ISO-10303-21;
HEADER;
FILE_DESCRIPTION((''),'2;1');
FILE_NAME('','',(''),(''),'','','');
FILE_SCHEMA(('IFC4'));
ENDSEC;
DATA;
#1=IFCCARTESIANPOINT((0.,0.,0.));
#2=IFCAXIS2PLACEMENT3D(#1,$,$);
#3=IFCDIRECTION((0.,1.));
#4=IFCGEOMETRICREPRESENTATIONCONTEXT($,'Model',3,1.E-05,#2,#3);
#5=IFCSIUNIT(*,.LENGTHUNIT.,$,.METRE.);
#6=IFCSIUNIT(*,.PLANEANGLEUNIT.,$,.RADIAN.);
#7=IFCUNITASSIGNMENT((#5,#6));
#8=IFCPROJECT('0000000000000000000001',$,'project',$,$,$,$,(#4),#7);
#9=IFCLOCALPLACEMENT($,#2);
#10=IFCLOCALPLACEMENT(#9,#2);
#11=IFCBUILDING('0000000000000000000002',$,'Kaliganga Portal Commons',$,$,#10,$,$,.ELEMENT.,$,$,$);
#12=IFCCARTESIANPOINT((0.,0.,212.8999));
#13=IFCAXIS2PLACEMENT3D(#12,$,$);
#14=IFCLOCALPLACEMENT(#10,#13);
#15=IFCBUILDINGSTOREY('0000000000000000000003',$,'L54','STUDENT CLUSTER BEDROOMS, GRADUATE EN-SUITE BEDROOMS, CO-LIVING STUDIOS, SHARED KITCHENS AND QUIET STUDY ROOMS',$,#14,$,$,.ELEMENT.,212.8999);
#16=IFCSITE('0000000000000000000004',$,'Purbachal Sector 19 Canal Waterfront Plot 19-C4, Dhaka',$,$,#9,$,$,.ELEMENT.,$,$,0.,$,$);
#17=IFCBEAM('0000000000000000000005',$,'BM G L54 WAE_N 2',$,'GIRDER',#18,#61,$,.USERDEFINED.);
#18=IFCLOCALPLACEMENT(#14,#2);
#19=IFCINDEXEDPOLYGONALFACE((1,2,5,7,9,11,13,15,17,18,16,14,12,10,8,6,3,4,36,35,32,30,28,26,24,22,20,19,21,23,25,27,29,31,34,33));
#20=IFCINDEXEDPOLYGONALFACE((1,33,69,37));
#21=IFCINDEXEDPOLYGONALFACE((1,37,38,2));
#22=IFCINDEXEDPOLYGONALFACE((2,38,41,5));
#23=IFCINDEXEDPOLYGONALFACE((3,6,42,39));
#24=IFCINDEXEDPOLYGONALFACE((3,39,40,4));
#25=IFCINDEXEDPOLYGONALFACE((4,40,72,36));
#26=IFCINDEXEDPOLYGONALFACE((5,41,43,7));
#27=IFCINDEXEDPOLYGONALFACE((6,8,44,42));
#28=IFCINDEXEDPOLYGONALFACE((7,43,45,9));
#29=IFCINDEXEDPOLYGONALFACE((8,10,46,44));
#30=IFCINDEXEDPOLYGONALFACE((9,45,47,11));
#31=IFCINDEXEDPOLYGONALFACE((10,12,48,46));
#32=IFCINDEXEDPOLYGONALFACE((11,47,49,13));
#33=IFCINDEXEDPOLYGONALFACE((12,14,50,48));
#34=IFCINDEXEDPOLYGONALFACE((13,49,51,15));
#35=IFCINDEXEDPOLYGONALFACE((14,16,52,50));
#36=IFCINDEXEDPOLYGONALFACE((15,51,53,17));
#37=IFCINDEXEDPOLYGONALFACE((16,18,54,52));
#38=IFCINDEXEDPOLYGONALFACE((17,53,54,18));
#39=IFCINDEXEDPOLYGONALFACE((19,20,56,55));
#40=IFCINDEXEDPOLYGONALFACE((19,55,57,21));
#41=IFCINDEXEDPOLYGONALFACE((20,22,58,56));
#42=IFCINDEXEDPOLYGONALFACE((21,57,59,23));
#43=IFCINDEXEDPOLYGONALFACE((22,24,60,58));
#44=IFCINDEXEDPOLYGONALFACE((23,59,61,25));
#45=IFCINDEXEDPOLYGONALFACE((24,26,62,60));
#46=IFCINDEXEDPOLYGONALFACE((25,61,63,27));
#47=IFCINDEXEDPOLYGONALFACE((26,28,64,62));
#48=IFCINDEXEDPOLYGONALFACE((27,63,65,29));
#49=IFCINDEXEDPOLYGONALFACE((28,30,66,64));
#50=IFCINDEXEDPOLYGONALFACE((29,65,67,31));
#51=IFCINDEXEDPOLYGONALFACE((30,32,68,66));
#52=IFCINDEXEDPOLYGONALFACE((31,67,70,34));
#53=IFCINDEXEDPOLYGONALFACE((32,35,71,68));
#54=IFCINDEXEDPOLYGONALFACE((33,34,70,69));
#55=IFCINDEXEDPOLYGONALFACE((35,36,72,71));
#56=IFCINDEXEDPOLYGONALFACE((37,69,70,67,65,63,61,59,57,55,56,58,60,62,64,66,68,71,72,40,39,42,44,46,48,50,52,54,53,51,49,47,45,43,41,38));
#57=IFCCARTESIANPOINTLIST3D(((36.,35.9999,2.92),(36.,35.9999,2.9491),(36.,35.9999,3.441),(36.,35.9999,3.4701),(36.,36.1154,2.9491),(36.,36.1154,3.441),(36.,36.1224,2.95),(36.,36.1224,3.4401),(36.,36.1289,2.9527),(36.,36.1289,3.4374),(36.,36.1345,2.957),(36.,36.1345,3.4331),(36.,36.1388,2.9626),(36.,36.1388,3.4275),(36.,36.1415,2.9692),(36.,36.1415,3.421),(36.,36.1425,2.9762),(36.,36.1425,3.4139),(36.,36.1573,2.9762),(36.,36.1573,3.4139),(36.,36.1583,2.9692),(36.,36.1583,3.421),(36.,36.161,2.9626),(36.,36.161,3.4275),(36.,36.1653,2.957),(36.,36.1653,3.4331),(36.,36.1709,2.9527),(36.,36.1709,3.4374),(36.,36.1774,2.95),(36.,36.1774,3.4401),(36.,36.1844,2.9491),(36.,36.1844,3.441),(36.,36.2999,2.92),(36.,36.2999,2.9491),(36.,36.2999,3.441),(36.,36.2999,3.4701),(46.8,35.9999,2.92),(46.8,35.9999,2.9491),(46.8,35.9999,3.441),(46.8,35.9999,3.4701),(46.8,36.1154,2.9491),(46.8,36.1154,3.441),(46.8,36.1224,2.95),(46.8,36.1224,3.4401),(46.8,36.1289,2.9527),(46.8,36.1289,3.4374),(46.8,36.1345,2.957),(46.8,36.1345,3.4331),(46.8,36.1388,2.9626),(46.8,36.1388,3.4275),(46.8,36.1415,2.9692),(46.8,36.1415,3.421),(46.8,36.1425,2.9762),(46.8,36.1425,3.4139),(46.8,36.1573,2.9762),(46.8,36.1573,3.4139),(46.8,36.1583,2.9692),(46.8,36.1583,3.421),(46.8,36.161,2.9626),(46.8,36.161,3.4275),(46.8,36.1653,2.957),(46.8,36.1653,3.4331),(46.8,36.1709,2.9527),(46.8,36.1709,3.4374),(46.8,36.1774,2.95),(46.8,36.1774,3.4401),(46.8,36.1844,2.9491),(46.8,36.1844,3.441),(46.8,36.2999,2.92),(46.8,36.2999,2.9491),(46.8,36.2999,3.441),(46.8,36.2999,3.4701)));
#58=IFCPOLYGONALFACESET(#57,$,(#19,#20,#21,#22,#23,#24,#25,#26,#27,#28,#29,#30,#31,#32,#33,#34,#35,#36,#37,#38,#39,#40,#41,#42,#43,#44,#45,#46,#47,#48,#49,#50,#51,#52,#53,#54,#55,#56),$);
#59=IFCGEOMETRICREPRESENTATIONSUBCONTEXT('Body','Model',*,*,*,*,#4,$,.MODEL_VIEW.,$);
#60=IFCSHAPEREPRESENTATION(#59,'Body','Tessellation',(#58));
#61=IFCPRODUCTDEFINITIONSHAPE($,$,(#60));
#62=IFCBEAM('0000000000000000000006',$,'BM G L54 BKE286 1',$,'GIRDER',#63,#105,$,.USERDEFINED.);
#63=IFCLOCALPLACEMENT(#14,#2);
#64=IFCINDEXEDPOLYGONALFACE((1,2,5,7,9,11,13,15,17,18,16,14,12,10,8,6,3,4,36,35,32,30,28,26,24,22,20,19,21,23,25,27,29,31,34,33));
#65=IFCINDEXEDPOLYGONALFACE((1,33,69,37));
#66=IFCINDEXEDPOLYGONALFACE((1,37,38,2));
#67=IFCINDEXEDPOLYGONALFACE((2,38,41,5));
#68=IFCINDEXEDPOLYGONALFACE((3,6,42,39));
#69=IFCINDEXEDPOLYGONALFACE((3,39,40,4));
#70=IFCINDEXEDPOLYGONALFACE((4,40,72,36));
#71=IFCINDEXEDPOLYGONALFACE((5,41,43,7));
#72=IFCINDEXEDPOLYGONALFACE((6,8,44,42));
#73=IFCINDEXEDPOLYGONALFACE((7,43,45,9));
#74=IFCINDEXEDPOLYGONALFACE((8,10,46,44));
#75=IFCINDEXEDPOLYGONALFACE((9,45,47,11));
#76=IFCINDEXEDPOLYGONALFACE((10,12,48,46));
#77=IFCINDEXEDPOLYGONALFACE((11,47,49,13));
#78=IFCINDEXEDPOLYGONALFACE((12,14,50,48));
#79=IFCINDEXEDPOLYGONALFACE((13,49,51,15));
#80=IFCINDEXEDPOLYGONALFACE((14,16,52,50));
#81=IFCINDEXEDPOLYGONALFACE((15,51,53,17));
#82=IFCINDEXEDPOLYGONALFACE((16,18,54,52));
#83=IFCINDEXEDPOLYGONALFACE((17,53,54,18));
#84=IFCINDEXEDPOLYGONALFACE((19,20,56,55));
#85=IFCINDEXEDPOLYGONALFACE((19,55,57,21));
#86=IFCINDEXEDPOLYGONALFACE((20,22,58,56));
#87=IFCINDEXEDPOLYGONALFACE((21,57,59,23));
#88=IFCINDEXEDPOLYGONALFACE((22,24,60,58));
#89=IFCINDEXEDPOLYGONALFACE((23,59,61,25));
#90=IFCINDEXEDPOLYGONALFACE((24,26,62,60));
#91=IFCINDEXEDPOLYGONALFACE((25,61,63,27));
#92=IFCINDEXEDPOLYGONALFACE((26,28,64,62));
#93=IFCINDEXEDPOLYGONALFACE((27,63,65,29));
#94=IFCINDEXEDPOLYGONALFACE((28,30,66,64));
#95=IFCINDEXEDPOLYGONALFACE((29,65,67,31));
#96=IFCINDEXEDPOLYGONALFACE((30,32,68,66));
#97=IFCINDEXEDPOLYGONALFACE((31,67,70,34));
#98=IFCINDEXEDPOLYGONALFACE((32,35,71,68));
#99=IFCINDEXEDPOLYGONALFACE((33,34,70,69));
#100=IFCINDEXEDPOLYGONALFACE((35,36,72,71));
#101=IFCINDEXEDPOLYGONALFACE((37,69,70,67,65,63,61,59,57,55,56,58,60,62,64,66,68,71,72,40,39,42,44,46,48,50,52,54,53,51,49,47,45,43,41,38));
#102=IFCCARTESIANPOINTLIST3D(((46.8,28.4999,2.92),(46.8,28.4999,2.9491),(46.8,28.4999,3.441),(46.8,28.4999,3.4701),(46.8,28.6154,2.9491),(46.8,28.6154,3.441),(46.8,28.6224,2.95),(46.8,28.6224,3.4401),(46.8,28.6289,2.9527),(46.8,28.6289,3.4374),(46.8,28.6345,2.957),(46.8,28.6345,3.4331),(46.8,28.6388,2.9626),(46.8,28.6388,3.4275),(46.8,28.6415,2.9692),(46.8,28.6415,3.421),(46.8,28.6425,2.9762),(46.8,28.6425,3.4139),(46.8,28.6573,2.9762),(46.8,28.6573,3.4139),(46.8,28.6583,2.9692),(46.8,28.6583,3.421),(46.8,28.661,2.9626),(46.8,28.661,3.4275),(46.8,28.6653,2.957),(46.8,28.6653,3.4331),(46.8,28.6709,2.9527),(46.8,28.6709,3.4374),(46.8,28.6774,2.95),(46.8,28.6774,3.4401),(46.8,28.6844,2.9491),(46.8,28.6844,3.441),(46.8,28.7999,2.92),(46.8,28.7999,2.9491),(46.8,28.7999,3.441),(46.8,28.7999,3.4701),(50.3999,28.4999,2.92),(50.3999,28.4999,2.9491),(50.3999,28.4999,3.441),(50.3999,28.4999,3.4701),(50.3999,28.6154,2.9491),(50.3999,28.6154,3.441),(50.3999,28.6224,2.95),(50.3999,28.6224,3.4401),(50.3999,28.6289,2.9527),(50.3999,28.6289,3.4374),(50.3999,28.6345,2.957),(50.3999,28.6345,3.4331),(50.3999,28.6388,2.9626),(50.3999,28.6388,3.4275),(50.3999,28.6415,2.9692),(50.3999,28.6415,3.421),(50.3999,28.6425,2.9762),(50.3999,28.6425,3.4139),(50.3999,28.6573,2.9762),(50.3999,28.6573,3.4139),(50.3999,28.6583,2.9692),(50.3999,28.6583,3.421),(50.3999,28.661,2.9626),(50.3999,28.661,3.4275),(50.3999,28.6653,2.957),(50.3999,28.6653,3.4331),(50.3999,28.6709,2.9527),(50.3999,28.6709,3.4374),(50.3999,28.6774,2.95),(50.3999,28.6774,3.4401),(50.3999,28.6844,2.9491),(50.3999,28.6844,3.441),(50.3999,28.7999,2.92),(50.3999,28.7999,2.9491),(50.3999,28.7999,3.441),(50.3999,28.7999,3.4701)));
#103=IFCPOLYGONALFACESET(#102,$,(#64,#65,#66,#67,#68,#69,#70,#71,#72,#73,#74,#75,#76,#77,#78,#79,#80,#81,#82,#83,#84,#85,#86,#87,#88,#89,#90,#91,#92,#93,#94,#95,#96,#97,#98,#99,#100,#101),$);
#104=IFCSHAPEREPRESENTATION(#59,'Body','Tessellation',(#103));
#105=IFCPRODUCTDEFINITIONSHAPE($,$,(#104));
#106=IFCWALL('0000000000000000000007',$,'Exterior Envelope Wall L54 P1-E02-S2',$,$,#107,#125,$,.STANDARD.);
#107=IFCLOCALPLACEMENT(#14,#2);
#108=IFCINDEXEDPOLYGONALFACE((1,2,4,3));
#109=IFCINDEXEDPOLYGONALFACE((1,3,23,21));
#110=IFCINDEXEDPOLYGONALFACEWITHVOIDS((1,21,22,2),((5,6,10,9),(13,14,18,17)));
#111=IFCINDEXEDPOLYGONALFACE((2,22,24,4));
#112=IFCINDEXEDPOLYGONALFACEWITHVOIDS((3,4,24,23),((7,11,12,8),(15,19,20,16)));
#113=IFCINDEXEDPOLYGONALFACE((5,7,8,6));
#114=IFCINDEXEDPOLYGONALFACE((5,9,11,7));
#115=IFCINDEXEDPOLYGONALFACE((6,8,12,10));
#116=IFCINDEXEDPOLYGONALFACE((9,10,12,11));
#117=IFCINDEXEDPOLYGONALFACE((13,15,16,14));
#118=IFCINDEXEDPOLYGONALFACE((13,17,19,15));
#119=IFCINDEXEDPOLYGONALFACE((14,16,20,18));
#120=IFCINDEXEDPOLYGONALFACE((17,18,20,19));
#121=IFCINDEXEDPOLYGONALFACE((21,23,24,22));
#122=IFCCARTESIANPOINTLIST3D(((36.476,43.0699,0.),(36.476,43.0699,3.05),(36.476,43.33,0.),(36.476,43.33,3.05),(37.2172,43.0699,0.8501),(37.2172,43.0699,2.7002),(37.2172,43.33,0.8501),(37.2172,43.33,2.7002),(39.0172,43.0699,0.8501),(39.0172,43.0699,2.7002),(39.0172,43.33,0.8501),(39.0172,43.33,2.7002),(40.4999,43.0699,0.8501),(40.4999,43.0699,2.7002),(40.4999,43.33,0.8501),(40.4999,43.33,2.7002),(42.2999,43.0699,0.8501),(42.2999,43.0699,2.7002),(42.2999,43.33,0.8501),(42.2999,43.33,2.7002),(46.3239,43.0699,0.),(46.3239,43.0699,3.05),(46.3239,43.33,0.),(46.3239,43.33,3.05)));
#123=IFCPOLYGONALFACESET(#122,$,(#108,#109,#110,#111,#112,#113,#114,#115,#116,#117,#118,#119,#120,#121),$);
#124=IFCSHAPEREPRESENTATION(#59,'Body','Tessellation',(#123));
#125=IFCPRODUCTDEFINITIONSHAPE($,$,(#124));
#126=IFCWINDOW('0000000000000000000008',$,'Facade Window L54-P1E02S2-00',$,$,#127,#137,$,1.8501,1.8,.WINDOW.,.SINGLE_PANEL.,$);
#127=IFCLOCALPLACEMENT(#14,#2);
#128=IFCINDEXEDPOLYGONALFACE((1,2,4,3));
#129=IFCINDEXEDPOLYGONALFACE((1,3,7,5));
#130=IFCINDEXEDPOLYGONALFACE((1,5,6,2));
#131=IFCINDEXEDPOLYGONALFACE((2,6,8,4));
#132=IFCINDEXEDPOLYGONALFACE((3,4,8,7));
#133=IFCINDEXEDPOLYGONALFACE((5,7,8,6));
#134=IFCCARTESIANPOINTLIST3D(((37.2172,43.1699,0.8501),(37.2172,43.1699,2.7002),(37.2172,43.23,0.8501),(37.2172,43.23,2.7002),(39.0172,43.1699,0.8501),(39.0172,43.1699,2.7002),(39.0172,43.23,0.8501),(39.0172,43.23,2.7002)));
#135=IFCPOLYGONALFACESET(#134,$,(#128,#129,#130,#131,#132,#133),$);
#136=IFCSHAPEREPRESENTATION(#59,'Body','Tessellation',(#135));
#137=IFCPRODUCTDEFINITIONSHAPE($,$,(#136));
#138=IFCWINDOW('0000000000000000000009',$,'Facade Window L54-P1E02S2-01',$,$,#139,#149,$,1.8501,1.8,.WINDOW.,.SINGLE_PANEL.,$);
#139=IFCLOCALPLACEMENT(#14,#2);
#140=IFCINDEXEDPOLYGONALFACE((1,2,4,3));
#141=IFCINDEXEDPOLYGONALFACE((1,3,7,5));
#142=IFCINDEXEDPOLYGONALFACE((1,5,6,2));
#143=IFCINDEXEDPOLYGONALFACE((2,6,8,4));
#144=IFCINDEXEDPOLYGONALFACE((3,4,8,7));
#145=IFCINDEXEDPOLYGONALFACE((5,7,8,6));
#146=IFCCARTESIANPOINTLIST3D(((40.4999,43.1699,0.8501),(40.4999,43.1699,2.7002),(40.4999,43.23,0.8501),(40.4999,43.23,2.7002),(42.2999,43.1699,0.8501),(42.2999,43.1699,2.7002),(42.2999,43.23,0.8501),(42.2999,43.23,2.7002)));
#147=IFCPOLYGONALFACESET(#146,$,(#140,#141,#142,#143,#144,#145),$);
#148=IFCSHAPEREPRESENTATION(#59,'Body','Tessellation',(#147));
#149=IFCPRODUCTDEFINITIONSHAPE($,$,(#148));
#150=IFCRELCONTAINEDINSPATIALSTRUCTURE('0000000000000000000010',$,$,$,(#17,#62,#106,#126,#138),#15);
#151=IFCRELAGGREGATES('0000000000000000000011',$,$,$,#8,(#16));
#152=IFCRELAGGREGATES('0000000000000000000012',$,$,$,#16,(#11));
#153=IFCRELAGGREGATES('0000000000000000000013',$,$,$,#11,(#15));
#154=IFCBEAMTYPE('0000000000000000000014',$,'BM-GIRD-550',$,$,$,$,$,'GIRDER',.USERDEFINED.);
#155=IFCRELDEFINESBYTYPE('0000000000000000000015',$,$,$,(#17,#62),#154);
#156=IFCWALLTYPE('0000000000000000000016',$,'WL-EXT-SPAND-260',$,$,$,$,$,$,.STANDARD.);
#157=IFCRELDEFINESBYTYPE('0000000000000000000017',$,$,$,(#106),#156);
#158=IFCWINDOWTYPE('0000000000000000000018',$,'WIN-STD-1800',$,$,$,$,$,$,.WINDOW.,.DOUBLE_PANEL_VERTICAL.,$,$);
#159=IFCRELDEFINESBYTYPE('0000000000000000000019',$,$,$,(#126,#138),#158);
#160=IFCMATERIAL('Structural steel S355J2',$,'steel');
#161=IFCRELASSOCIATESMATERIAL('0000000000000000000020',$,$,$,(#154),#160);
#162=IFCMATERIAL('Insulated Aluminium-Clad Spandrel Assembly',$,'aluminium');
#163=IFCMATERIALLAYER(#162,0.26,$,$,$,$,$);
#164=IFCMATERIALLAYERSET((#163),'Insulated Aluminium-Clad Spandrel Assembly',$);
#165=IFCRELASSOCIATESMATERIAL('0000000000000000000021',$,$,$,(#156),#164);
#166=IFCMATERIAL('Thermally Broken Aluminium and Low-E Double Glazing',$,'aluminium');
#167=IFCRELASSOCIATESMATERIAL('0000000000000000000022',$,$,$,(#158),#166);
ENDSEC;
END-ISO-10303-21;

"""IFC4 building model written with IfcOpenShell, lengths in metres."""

from ifc_helpers import new_model, si_unit, direction, frame, frame_2d, origin, origin_2d, place, context, subcontext, project, spatial, rectangle, i_section, extrude, source, transform, mapped, material, layer, layer_set, material_profile, profile_set, type_object, element, fill, save


model = new_model("IFC4")

# Units and contexts
model_context = context("Model", 3, precision=1e-05, world=origin(), true_north=direction((0.0, 1.0)))
body_context = subcontext(model_context, "Body", "Model", "MODEL_VIEW")
ifc_project = project(units=[si_unit("LENGTHUNIT", "METRE"), si_unit("PLANEANGLEUNIT", "RADIAN")], contexts=[model_context])

# Site, building, storey
site_placement = place(None, origin())
site = spatial("IfcSite", under=ifc_project, at=site_placement, Name="Purbachal Sector 19 Canal Waterfront Plot 19-C4, Dhaka", CompositionType="ELEMENT", RefElevation=0.0)
building_placement = place(site_placement, origin())
building = spatial("IfcBuilding", under=site, at=building_placement, Name="Kaliganga Portal Commons", CompositionType="ELEMENT")
storey_placement = place(building_placement, frame((0.0, 0.0, 212.8999)))
storey = spatial("IfcBuildingStorey", under=building, at=storey_placement, Name="L54", Description="STUDENT CLUSTER BEDROOMS, GRADUATE EN-SUITE BEDROOMS, CO-LIVING STUDIOS, SHARED KITCHENS AND QUIET STUDY ROOMS", CompositionType="ELEMENT", Elevation=212.8999)

# Beams
ifc_material_1 = material(Name="Structural steel S355J2", Category="steel")
ifc_material_profile_1 = material_profile(ifc_material_1, i_section(OverallWidth=0.3, OverallDepth=0.55, WebThickness=0.0149, FlangeThickness=0.0291, FilletRadius=0.0271, at=origin_2d()), Name="HE 550 B")
ifc_profile_set_1 = profile_set([ifc_material_profile_1], Name="Structural steel S355J2 wide-flange")
beam_type_1 = type_object("IfcBeamType", Name="BM-GIRD-550", ElementType="GIRDER", PredefinedType="USERDEFINED", material=ifc_profile_set_1)
shared_shape_1 = source(origin(), body_context, "Body", "SweptSolid", [
    extrude(i_section(OverallWidth=0.3, OverallDepth=0.55, WebThickness=0.0149, FlangeThickness=0.0291, FilletRadius=0.0271, at=origin_2d()), origin(), (0.0, 0.0, 1.0), 10.8),
])
for number, where, z_axis, x_axis, name in (
    (1, (36.0, 36.1499, 3.1951), (1.0, 0.0, 0.0), (0.0, 1.0, 0.0), "BM G L54 WAE_N 2"),
):
    element("IfcBeam", number, at=place(storey_placement, frame(where, z_axis=z_axis, x_axis=x_axis)), inside=storey, type_object=beam_type_1, Name=name, ObjectType="GIRDER", PredefinedType="USERDEFINED", context=body_context, shape_type="MappedRepresentation", body=[
        mapped(shared_shape_1, transform((0.0, 0.0, 0.0), x_axis=(1.0, 0.0, 0.0), y_axis=(0.0, 1.0, 0.0), z_axis=(0.0, 0.0, 1.0), scale=1.0)),
    ])
shared_shape_2 = source(origin(), body_context, "Body", "SweptSolid", [
    extrude(i_section(OverallWidth=0.3, OverallDepth=0.55, WebThickness=0.0149, FlangeThickness=0.0291, FilletRadius=0.0271, at=origin_2d()), origin(), (0.0, 0.0, 1.0), 3.5999),
])
beam_1_placement = place(storey_placement, frame((46.8, 28.6499, 3.1951), z_axis=(1.0, 0.0, 0.0), x_axis=(0.0, 1.0, 0.0)))
element("IfcBeam", 2, at=beam_1_placement, inside=storey, type_object=beam_type_1, Name="BM G L54 BKE286 1", ObjectType="GIRDER", PredefinedType="USERDEFINED", context=body_context, shape_type="MappedRepresentation", body=[
    mapped(shared_shape_2, transform((0.0, 0.0, 0.0), x_axis=(1.0, 0.0, 0.0), y_axis=(0.0, 1.0, 0.0), z_axis=(0.0, 0.0, 1.0), scale=1.0)),
])

# Wall, openings, windows
ifc_material_2 = material(Name="Insulated Aluminium-Clad Spandrel Assembly", Category="aluminium")
ifc_layer_1 = layer(ifc_material_2, 0.26)
ifc_layer_set_1 = layer_set([ifc_layer_1], Name="Insulated Aluminium-Clad Spandrel Assembly")
wall_type_1 = type_object("IfcWallType", Name="WL-EXT-SPAND-260", PredefinedType="STANDARD", material=ifc_layer_set_1)
wall_1_placement = place(storey_placement, frame((36.4761, 43.2, 0.0), z_axis=(0.0, 0.0, 1.0), x_axis=(1.0, 0.0, 0.0)))
wall_1 = element("IfcWall", 3, at=wall_1_placement, inside=storey, type_object=wall_type_1, Name="Exterior Envelope Wall L54 P1-E02-S2", PredefinedType="STANDARD", context=body_context, shape_type="SweptSolid", body=[
    extrude(rectangle(XDim=9.8479, YDim=0.26, at=frame_2d((4.9238, 0.0))), origin(), (0.0, 0.0, 1.0), 3.05),
])
opening_1_placement = place(wall_1_placement, frame((0.7412, 0.0, 0.8501)))
opening_1 = element("IfcOpeningElement", 4, at=opening_1_placement, cuts=wall_1, PredefinedType="OPENING", context=body_context, shape_type="SweptSolid", body=[
    extrude(rectangle(XDim=1.8, YDim=1.8501, at=frame_2d((0.8999, 0.925))), frame((0.0, 0.1401, 0.0), z_axis=(0.0, -1.0, 0.0), x_axis=(1.0, 0.0, 0.0)), (0.0, 0.0, 1.0), 0.28),
])
opening_2_placement = place(wall_1_placement, frame((4.0239, 0.0, 0.8501)))
opening_2 = element("IfcOpeningElement", 5, at=opening_2_placement, cuts=wall_1, PredefinedType="OPENING", context=body_context, shape_type="SweptSolid", body=[
    extrude(rectangle(XDim=1.8, YDim=1.8501, at=frame_2d((0.8999, 0.925))), frame((0.0, 0.1401, 0.0), z_axis=(0.0, -1.0, 0.0), x_axis=(1.0, 0.0, 0.0)), (0.0, 0.0, 1.0), 0.28),
])
ifc_material_3 = material(Name="Thermally Broken Aluminium and Low-E Double Glazing", Category="aluminium")
window_type = type_object("IfcWindowType", Name="WIN-STD-1800", PartitioningType="DOUBLE_PANEL_VERTICAL", PredefinedType="WINDOW", material=ifc_material_3)
window_1_placement = place(opening_1_placement, origin())
window_1 = element("IfcWindow", 6, at=window_1_placement, inside=storey, type_object=window_type, Name="Facade Window L54-P1E02S2-00", OverallHeight=1.8501, OverallWidth=1.8, PartitioningType="SINGLE_PANEL", PredefinedType="WINDOW", context=body_context, shape_type="SweptSolid", body=[
    extrude(rectangle(XDim=1.8, YDim=1.8501, at=frame_2d((0.8999, 0.925))), frame((0.0, 0.03, 0.0), z_axis=(0.0, -1.0, 0.0), x_axis=(1.0, 0.0, 0.0)), (0.0, 0.0, 1.0), 0.0601),
])
fill(opening_1, window_1)
window_2_placement = place(opening_2_placement, origin())
window_2 = element("IfcWindow", 7, at=window_2_placement, inside=storey, type_object=window_type, Name="Facade Window L54-P1E02S2-01", OverallHeight=1.8501, OverallWidth=1.8, PartitioningType="SINGLE_PANEL", PredefinedType="WINDOW", context=body_context, shape_type="SweptSolid", body=[
    extrude(rectangle(XDim=1.8, YDim=1.8501, at=frame_2d((0.8999, 0.925))), frame((0.0, 0.03, 0.0), z_axis=(0.0, -1.0, 0.0), x_axis=(1.0, 0.0, 0.0)), (0.0, 0.0, 1.0), 0.0601),
])
fill(opening_2, window_2)

save(model, "model.ifc")
